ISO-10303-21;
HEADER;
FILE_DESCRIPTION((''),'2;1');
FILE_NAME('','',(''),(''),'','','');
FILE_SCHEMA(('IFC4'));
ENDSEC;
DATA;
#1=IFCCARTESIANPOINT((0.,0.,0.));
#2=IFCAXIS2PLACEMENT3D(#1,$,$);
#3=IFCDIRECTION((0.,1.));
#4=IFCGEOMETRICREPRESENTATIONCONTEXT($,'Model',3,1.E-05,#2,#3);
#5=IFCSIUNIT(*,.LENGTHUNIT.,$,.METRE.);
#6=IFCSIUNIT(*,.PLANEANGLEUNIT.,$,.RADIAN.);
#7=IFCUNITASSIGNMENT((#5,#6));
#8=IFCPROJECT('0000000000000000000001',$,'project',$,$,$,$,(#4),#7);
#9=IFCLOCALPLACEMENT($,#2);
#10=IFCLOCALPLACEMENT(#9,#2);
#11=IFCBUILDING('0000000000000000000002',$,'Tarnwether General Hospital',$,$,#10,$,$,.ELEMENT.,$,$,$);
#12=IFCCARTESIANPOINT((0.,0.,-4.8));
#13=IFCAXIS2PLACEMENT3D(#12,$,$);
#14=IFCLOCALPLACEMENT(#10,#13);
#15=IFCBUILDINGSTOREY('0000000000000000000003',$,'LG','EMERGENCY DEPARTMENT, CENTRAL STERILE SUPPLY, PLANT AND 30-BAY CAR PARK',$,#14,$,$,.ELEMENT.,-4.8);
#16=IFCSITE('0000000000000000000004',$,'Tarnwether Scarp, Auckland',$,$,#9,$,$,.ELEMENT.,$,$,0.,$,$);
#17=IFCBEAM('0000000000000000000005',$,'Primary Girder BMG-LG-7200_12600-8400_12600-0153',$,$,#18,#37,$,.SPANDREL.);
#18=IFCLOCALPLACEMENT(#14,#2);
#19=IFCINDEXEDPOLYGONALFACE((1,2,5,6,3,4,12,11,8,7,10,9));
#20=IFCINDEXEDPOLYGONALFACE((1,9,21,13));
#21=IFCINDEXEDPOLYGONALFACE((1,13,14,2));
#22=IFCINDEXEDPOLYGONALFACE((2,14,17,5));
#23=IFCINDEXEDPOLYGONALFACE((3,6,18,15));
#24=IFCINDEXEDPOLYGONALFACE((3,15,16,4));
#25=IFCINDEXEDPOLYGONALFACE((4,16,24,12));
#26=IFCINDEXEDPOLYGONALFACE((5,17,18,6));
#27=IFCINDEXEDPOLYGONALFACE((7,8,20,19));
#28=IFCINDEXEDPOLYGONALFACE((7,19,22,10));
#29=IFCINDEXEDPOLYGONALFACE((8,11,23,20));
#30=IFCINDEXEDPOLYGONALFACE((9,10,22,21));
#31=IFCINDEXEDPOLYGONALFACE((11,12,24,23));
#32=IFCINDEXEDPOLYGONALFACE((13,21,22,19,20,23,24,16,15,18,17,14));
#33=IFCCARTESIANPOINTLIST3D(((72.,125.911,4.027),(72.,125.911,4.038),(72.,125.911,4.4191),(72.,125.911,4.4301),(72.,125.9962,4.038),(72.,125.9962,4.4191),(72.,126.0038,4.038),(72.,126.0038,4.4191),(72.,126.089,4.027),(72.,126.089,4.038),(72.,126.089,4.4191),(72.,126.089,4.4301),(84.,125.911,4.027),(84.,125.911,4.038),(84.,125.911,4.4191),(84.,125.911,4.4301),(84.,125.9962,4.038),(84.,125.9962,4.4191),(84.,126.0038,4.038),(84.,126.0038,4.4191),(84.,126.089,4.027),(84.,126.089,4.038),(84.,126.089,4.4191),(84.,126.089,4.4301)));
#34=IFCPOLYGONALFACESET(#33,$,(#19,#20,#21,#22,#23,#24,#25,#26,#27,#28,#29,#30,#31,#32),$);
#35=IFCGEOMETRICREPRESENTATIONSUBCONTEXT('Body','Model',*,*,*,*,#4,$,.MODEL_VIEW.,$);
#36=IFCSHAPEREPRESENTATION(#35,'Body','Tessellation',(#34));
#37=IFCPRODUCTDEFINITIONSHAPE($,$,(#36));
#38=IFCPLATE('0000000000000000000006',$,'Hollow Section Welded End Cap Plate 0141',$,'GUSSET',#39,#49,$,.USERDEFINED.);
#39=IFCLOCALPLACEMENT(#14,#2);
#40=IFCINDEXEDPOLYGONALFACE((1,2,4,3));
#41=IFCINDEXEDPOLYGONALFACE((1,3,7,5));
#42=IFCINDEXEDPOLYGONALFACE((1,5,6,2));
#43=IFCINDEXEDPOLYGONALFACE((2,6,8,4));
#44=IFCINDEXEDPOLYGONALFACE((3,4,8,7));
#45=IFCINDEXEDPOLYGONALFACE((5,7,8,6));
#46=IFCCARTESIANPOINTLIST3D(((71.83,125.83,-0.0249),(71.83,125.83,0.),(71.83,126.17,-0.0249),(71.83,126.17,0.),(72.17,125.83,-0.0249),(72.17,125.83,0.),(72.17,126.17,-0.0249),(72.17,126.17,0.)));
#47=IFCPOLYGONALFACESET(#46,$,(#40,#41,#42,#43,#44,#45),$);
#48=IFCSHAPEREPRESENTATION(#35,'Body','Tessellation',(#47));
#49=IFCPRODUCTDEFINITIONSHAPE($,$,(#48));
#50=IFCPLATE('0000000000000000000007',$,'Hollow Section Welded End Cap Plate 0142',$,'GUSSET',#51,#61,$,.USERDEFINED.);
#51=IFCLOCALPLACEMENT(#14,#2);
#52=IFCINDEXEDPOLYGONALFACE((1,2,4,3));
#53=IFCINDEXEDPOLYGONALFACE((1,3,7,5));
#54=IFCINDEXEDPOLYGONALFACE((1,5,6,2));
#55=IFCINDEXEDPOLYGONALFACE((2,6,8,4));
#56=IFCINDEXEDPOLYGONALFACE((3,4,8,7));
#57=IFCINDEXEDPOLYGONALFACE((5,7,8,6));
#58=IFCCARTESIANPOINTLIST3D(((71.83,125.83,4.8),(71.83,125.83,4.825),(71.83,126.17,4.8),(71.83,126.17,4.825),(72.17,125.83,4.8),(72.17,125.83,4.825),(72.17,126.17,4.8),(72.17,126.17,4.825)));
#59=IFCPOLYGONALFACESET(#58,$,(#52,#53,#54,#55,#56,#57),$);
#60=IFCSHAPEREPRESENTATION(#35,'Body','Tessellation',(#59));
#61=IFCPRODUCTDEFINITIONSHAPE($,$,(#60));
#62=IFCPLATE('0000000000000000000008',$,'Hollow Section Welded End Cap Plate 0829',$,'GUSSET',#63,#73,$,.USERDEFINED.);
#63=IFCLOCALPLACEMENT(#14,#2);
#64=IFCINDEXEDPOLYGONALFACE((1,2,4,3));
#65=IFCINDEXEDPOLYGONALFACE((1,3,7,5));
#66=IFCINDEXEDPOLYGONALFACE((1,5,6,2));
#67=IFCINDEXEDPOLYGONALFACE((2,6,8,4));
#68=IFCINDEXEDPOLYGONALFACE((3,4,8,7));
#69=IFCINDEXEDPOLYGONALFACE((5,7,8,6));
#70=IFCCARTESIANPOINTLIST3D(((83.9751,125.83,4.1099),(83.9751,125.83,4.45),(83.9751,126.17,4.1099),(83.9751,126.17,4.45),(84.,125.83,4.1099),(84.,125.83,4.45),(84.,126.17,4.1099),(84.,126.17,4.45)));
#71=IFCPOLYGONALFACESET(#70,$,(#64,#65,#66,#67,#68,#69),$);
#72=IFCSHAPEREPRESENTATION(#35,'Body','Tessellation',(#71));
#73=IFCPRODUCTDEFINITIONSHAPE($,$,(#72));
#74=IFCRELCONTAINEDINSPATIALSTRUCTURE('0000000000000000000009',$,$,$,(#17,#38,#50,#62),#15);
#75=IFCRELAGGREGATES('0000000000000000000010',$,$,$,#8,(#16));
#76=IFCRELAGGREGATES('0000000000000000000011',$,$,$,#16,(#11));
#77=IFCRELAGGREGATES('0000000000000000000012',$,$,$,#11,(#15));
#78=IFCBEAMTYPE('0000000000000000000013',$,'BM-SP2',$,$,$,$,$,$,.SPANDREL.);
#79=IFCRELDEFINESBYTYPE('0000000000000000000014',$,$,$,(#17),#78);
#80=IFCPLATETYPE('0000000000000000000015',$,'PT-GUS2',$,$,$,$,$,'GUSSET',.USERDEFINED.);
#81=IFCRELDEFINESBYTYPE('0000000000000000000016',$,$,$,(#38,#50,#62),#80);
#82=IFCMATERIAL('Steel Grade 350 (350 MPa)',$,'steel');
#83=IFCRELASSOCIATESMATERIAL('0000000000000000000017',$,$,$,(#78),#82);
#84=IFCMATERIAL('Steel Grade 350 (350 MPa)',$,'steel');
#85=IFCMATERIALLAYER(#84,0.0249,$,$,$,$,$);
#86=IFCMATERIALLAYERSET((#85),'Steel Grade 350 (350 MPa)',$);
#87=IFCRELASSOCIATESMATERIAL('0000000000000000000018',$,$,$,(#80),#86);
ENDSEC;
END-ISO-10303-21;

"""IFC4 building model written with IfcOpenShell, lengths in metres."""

from ifc_helpers import new_model, si_unit, direction, frame, origin, origin_2d, place, context, subcontext, project, spatial, rectangle, i_section, extrude, material, layer, layer_set, material_profile, profile_set, type_object, element, save


model = new_model("IFC4")

# Units and contexts
model_context = context("Model", 3, precision=1e-05, world=origin(), true_north=direction((0.0, 1.0)))
body_context = subcontext(model_context, "Body", "Model", "MODEL_VIEW")
ifc_project = project(units=[si_unit("LENGTHUNIT", "METRE"), si_unit("PLANEANGLEUNIT", "RADIAN")], contexts=[model_context])

# Site, building, storey
site_placement = place(None, origin())
site = spatial("IfcSite", under=ifc_project, at=site_placement, Name="Tarnwether Scarp, Auckland", CompositionType="ELEMENT", RefElevation=0.0)
building_placement = place(site_placement, origin())
building = spatial("IfcBuilding", under=site, at=building_placement, Name="Tarnwether General Hospital", CompositionType="ELEMENT")
storey_placement = place(building_placement, frame((0.0, 0.0, -4.8)))
storey = spatial("IfcBuildingStorey", under=building, at=storey_placement, Name="LG", Description="EMERGENCY DEPARTMENT, CENTRAL STERILE SUPPLY, PLANT AND 30-BAY CAR PARK", CompositionType="ELEMENT", Elevation=-4.8)

# Beam
ifc_material_1 = material(Name="Steel Grade 350 (350 MPa)", Category="steel")
ifc_material_profile_1 = material_profile(ifc_material_1, i_section(OverallWidth=0.178, OverallDepth=0.4031, WebThickness=0.0076, FlangeThickness=0.011, at=origin_2d()), Name="410UB53.7")
ifc_profile_set_1 = profile_set([ifc_material_profile_1], Name="Steel Grade 350 (350 MPa)")
beam_type = type_object("IfcBeamType", Name="BM-SP2", PredefinedType="SPANDREL", material=ifc_profile_set_1)
beam_placement = place(storey_placement, frame((72.0, 126.0, 4.2285), z_axis=(1.0, 0.0, 0.0), x_axis=(0.0, 1.0, 0.0)))
element("IfcBeam", 1, at=beam_placement, inside=storey, type_object=beam_type, Name="Primary Girder BMG-LG-7200_12600-8400_12600-0153", PredefinedType="SPANDREL", context=body_context, shape_type="SweptSolid", body=[
    extrude(i_section(OverallWidth=0.178, OverallDepth=0.4031, WebThickness=0.0076, FlangeThickness=0.011, at=origin_2d()), origin(), (0.0, 0.0, 1.0), 12.0),
])

# Plates
ifc_material_2 = material(Name="Steel Grade 350 (350 MPa)", Category="steel")
ifc_layer = layer(ifc_material_2, 0.0249)
ifc_layer_set = layer_set([ifc_layer], Name="Steel Grade 350 (350 MPa)")
plate_type = type_object("IfcPlateType", Name="PT-GUS2", ElementType="GUSSET", PredefinedType="USERDEFINED", material=ifc_layer_set)
for number, where, z_axis, x_axis, name in (
    (2, (72.0, 126.0, -0.0249), (0.0, 0.0, 1.0), (1.0, 0.0, 0.0), "Hollow Section Welded End Cap Plate 0141"),
    (3, (72.0, 126.0, 4.8), (0.0, 0.0, 1.0), (1.0, 0.0, 0.0), "Hollow Section Welded End Cap Plate 0142"),
):
    element("IfcPlate", number, at=place(storey_placement, frame(where, z_axis=z_axis, x_axis=x_axis)), inside=storey, type_object=plate_type, Name=name, ObjectType="GUSSET", PredefinedType="USERDEFINED", context=body_context, shape_type="SweptSolid", body=[
        extrude(rectangle(XDim=0.3401, YDim=0.3401, at=origin_2d()), origin(), (0.0, 0.0, 1.0), 0.0249),
    ])
plate_placement = place(storey_placement, frame((83.9875, 126.0, 4.1099), z_axis=(0.0, 0.0, 1.0), x_axis=(1.0, 0.0, 0.0)))
element("IfcPlate", 4, at=plate_placement, inside=storey, type_object=plate_type, Name="Hollow Section Welded End Cap Plate 0829", ObjectType="GUSSET", PredefinedType="USERDEFINED", context=body_context, shape_type="SweptSolid", body=[
    extrude(rectangle(XDim=0.0249, YDim=0.3401, at=origin_2d()), origin(), (0.0, 0.0, 1.0), 0.3401),
])

save(model, "model.ifc")
